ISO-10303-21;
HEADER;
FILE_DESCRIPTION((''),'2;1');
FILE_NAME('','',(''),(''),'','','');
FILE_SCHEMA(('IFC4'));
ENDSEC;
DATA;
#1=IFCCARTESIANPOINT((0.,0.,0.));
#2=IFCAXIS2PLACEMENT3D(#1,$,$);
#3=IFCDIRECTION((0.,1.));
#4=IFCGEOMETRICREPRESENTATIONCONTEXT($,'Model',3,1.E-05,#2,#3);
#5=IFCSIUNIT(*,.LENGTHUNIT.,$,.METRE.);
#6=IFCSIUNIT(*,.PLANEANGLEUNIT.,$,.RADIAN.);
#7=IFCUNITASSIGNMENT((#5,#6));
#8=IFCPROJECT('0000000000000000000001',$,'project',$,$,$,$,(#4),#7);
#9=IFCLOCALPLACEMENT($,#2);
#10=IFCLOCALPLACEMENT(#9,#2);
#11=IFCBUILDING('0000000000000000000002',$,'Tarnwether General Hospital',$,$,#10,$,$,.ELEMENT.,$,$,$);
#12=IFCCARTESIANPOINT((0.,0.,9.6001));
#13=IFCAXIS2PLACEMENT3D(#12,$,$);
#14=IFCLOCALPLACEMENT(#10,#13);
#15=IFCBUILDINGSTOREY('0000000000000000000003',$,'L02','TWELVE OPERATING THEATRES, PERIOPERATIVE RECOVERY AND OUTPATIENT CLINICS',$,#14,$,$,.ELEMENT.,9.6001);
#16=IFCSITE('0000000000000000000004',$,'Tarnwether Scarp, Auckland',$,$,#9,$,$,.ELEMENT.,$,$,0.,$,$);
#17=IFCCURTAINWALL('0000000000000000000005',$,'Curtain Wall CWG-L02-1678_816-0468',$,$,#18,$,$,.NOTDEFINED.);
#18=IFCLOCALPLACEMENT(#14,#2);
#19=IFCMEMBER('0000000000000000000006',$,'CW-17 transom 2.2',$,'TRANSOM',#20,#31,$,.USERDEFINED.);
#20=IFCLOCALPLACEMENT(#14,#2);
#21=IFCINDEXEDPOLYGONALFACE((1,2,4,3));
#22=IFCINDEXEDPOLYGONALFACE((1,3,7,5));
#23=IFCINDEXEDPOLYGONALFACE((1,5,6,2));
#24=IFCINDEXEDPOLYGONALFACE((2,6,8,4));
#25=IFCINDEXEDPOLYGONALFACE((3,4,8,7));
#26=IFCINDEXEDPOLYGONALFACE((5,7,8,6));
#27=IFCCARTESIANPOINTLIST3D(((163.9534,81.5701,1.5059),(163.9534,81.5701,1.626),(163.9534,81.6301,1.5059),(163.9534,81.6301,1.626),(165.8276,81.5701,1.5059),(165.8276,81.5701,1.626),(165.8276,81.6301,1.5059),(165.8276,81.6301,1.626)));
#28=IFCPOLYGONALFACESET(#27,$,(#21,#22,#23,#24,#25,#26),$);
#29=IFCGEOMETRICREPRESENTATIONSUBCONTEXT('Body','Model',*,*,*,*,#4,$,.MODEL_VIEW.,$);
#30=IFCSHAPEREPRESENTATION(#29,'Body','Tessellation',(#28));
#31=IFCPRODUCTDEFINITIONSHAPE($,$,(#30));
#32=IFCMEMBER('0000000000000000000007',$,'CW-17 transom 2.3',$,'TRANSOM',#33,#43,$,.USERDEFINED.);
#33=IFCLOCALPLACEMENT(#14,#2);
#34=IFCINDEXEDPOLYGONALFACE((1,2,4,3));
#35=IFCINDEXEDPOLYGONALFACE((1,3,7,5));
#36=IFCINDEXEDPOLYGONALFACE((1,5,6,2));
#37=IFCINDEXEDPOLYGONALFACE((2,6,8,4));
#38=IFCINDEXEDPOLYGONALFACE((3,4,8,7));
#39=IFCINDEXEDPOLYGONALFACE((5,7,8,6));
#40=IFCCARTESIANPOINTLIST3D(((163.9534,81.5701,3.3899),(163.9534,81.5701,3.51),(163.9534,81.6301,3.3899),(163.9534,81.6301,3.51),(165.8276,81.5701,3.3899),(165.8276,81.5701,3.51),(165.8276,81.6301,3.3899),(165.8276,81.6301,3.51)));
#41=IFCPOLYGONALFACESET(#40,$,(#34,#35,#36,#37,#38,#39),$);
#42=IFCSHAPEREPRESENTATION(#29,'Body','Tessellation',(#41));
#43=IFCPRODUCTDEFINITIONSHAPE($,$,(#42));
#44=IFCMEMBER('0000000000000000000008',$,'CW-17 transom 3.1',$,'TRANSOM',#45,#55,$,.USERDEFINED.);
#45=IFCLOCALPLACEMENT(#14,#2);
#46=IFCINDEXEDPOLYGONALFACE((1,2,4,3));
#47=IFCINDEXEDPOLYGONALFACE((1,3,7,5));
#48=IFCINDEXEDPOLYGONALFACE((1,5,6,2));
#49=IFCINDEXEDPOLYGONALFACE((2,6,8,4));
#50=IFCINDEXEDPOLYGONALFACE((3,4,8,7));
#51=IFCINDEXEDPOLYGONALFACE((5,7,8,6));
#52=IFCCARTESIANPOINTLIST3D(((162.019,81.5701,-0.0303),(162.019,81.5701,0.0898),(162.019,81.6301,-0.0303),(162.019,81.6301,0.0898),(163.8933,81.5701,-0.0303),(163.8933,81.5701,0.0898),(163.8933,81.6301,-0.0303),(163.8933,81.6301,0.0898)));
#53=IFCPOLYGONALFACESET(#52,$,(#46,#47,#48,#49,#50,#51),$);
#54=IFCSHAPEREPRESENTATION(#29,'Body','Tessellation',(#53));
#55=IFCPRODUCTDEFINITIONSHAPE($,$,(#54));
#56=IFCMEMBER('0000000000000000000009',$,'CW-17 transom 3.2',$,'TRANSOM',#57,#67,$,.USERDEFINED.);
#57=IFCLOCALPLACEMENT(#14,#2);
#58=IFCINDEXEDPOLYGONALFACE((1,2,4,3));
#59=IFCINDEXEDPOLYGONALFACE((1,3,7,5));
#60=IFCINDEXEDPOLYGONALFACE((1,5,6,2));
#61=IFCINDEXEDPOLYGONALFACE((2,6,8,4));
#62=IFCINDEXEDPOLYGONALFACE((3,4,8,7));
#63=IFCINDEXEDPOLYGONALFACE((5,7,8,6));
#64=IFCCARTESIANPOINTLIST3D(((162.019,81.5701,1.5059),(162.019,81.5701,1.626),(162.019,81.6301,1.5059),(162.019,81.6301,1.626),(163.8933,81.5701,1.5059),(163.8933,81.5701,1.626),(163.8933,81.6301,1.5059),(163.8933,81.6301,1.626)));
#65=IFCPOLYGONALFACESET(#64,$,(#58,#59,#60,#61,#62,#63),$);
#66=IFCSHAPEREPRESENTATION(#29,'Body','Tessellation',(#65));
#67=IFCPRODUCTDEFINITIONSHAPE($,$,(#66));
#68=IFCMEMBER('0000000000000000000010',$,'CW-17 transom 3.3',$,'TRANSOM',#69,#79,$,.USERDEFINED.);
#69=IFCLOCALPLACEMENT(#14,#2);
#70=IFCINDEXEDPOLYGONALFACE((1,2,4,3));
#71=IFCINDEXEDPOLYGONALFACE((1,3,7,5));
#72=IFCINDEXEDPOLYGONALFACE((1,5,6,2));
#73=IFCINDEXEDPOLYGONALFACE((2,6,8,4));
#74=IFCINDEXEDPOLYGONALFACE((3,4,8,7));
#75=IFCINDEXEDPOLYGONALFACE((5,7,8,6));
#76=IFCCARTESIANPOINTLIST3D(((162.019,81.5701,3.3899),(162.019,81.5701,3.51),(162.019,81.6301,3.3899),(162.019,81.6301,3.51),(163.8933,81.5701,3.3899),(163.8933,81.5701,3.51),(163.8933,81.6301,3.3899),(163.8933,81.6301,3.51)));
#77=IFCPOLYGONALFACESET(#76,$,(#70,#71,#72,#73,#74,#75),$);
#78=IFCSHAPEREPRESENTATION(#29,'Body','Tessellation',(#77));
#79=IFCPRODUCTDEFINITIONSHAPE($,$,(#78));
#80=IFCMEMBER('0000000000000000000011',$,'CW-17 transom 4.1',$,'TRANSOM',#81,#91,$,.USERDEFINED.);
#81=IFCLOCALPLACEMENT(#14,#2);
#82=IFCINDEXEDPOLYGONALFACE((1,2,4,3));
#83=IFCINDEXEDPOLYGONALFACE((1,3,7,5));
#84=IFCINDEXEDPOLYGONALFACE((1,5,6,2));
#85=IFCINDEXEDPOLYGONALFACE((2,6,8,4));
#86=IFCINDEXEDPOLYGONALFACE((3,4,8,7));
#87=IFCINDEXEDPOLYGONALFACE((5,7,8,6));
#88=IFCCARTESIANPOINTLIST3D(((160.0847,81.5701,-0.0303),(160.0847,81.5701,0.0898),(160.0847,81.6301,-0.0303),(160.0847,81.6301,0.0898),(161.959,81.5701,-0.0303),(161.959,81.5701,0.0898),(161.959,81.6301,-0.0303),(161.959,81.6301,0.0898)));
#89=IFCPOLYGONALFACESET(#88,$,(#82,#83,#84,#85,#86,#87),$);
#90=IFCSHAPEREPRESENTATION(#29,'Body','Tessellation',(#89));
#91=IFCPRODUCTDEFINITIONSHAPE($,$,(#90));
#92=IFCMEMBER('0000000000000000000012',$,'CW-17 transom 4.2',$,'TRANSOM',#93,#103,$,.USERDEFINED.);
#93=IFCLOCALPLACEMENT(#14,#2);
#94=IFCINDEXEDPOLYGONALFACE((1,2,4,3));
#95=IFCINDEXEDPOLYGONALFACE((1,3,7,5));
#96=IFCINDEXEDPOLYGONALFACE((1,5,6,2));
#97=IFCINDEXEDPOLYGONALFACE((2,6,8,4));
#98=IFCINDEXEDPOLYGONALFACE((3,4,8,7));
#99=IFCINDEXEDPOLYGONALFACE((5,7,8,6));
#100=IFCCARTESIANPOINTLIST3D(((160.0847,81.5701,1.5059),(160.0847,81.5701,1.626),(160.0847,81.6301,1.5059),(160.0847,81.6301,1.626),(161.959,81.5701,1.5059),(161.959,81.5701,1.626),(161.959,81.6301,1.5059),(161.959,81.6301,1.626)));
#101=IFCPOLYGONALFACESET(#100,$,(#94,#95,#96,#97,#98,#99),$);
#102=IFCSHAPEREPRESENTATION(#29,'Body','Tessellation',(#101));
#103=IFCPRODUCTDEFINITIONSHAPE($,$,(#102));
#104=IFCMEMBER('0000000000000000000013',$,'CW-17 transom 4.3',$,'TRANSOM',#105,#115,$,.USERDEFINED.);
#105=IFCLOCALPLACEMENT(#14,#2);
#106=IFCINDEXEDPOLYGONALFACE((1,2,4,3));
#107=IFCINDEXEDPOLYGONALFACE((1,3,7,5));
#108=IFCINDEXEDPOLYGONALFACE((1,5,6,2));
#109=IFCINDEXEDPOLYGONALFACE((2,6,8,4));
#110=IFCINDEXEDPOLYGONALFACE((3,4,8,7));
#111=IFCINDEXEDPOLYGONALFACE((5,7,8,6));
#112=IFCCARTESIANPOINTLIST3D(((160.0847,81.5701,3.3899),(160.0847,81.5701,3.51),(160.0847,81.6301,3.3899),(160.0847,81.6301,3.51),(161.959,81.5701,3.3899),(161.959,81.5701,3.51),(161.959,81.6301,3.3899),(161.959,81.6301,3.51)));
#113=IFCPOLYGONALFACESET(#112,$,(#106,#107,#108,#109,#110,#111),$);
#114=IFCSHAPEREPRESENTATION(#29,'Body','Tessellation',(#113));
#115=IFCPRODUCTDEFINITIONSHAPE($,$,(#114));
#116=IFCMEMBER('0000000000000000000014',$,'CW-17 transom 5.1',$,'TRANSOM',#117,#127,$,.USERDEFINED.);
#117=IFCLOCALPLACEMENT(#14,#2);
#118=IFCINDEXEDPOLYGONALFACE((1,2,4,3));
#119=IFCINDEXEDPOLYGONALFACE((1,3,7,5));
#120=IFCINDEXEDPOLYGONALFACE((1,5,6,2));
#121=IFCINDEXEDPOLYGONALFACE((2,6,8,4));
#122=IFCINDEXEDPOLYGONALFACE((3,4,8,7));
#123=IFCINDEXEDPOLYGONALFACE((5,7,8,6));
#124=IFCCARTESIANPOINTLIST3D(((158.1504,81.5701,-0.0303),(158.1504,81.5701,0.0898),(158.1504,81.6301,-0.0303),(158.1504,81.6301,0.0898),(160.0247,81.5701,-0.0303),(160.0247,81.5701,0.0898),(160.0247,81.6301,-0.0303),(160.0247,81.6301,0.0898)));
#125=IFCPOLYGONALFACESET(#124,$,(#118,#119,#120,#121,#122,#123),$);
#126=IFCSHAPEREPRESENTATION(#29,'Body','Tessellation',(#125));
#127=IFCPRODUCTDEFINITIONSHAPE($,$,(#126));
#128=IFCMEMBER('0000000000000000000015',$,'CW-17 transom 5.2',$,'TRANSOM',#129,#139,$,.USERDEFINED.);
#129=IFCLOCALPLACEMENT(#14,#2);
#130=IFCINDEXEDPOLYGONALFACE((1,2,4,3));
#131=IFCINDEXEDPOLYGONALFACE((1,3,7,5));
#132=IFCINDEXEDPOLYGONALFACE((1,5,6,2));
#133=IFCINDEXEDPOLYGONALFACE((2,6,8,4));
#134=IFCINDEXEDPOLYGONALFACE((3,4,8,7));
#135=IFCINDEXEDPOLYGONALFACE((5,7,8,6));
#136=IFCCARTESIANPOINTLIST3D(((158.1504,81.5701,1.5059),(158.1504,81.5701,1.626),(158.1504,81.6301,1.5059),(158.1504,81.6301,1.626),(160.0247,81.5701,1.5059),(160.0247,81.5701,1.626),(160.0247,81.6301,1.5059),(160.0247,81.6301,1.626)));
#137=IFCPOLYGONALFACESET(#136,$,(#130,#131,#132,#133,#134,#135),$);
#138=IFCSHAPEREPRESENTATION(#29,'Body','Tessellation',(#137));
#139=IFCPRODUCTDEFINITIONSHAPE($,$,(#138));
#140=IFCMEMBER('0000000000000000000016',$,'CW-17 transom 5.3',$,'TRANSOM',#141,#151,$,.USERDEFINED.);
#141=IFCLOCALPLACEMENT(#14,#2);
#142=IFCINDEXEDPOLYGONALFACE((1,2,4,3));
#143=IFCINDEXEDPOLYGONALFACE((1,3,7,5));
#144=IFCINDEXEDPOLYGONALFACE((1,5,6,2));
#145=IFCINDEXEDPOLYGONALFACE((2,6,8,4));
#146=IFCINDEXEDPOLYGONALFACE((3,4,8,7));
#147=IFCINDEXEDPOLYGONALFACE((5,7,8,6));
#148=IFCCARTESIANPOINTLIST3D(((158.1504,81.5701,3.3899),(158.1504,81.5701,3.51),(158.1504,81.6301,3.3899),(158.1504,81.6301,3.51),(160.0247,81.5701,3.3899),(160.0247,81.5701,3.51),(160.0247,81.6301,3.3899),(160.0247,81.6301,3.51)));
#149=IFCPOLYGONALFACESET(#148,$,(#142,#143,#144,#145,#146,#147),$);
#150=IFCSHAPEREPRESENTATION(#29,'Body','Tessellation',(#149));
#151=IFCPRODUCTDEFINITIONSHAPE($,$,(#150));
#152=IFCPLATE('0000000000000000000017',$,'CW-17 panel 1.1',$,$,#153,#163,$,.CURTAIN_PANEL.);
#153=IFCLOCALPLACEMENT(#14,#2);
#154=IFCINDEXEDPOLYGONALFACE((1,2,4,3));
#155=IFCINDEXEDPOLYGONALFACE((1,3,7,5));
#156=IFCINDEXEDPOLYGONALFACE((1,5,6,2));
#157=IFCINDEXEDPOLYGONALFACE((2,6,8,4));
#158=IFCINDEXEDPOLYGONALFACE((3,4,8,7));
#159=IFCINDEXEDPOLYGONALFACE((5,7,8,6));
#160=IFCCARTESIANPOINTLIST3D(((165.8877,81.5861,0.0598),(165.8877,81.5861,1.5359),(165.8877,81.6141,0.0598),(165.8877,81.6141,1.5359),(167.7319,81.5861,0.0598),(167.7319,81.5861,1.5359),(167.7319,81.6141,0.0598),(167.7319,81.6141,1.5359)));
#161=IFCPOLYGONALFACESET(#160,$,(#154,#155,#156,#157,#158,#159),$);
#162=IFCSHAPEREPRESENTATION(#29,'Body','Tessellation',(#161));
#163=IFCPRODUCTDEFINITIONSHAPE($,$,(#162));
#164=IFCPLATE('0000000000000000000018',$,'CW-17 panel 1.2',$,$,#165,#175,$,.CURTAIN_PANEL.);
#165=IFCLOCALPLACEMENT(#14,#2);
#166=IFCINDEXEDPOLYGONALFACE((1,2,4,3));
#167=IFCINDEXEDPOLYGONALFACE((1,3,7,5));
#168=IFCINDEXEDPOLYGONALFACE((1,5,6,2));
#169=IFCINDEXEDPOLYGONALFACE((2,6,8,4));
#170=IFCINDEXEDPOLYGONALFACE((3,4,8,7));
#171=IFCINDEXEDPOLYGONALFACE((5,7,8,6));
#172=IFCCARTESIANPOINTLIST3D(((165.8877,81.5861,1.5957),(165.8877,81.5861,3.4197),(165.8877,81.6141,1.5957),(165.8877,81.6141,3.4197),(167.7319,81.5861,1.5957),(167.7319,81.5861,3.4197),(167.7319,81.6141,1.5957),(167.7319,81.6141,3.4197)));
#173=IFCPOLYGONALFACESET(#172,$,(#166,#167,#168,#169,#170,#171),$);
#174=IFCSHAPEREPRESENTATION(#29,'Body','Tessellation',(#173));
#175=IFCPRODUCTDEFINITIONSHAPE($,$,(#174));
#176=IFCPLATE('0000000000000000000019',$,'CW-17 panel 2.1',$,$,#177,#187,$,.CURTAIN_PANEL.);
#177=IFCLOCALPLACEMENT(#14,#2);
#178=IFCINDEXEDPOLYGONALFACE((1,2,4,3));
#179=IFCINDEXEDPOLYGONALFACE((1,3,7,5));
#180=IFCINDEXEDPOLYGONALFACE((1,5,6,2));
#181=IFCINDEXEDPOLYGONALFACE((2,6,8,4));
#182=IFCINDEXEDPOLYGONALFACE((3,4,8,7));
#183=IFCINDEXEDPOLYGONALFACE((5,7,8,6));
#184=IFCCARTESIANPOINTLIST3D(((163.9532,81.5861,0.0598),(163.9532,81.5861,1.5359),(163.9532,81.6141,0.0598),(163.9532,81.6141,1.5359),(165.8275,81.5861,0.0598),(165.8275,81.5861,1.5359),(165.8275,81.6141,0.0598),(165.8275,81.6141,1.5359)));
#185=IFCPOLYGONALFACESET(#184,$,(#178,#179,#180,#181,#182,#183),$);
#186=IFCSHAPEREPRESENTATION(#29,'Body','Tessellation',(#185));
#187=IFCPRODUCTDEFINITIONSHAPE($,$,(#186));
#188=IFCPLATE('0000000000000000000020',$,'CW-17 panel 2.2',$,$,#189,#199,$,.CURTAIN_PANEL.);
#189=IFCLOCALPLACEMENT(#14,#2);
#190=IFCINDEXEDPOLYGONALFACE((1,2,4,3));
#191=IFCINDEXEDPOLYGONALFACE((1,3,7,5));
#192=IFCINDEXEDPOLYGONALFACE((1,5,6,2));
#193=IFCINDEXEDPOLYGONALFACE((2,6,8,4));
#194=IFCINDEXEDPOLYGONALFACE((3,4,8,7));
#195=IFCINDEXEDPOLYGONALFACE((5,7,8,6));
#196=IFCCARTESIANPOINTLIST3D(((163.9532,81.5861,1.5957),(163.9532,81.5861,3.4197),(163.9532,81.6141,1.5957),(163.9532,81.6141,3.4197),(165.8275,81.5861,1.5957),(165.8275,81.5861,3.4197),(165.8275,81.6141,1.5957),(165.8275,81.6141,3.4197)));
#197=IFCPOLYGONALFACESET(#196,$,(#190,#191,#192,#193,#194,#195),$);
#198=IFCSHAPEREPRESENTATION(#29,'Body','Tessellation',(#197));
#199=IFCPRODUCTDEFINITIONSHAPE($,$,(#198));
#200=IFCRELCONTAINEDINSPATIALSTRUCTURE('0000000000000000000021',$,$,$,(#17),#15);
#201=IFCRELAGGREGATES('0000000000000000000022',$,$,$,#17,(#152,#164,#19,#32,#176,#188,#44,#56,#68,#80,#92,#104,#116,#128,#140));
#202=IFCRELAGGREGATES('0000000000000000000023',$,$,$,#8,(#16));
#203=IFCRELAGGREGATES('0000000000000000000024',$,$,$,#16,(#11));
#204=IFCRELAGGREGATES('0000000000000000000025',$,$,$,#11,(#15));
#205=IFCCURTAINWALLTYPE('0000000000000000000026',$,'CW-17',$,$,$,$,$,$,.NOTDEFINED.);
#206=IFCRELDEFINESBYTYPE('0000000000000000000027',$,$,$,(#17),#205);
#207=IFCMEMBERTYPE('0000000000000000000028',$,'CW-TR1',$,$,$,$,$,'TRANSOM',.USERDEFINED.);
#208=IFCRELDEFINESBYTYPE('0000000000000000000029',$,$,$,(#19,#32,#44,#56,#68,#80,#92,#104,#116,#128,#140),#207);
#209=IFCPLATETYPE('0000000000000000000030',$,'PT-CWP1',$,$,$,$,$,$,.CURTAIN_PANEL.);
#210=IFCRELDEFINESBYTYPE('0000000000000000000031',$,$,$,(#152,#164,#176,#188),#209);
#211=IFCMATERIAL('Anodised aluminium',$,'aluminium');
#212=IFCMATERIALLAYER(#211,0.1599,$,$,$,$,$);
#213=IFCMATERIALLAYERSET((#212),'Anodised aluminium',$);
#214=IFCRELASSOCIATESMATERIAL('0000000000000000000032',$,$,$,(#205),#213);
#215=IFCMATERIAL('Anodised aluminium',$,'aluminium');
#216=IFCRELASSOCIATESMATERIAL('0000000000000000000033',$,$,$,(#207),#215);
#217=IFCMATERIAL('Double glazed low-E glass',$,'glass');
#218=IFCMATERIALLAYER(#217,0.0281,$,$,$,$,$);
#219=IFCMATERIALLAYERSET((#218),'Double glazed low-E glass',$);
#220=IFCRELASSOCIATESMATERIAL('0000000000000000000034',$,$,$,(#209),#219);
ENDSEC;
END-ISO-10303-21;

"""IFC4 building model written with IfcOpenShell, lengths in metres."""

from ifc_helpers import new_model, si_unit, direction, frame, origin, origin_2d, place, context, subcontext, project, spatial, rectangle, extrude, material, layer, layer_set, material_profile, profile_set, type_object, element, aggregate, save


model = new_model("IFC4")

# Units and contexts
model_context = context("Model", 3, precision=1e-05, world=origin(), true_north=direction((0.0, 1.0)))
body_context = subcontext(model_context, "Body", "Model", "MODEL_VIEW")
ifc_project = project(units=[si_unit("LENGTHUNIT", "METRE"), si_unit("PLANEANGLEUNIT", "RADIAN")], contexts=[model_context])

# Site, building, storey
site_placement = place(None, origin())
site = spatial("IfcSite", under=ifc_project, at=site_placement, Name="Tarnwether Scarp, Auckland", CompositionType="ELEMENT", RefElevation=0.0)
building_placement = place(site_placement, origin())
building = spatial("IfcBuilding", under=site, at=building_placement, Name="Tarnwether General Hospital", CompositionType="ELEMENT")
storey_placement = place(building_placement, frame((0.0, 0.0, 9.6001)))
storey = spatial("IfcBuildingStorey", under=building, at=storey_placement, Name="L02", Description="TWELVE OPERATING THEATRES, PERIOPERATIVE RECOVERY AND OUTPATIENT CLINICS", CompositionType="ELEMENT", Elevation=9.6001)

# Shared definitions
ifc_material_1 = material(Name="Anodised aluminium", Category="aluminium")
ifc_layer_1 = layer(ifc_material_1, 0.1599)
ifc_layer_set_1 = layer_set([ifc_layer_1], Name="Anodised aluminium")
curtain_wall_type = type_object("IfcCurtainWallType", Name="CW-17", PredefinedType="NOTDEFINED", material=ifc_layer_set_1)

# Curtain wall, members, plates
curtain_wall_1_placement = place(storey_placement, origin())
curtain_wall_1 = element("IfcCurtainWall", 1, at=curtain_wall_1_placement, inside=storey, type_object=curtain_wall_type, Name="Curtain Wall CWG-L02-1678_816-0468", PredefinedType="NOTDEFINED")
ifc_material_2 = material(Name="Anodised aluminium", Category="aluminium")
ifc_material_profile_1 = material_profile(ifc_material_2, rectangle(XDim=0.0601, YDim=0.1201, at=origin_2d()), Name="ALU-TRN-60x120")
ifc_profile_set_1 = profile_set([ifc_material_profile_1], Name="Anodised aluminium")
member_type_1 = type_object("IfcMemberType", Name="CW-TR1", ElementType="TRANSOM", PredefinedType="USERDEFINED", material=ifc_profile_set_1)
member_1_placement = place(storey_placement, frame((165.8276, 81.6001, 1.5659), z_axis=(-1.0, 0.0, 0.0), x_axis=(0.0, -1.0, 0.0)))
member_1 = element("IfcMember", 2, at=member_1_placement, type_object=member_type_1, Name="CW-17 transom 2.2", ObjectType="TRANSOM", PredefinedType="USERDEFINED", context=body_context, shape_type="SweptSolid", body=[
    extrude(rectangle(XDim=0.0601, YDim=0.1201, at=origin_2d()), origin(), (0.0, 0.0, 1.0), 1.8743),
])
member_2_placement = place(storey_placement, frame((165.8276, 81.6001, 3.45), z_axis=(-1.0, 0.0, 0.0), x_axis=(0.0, -1.0, 0.0)))
member_2 = element("IfcMember", 3, at=member_2_placement, type_object=member_type_1, Name="CW-17 transom 2.3", ObjectType="TRANSOM", PredefinedType="USERDEFINED", context=body_context, shape_type="SweptSolid", body=[
    extrude(rectangle(XDim=0.0601, YDim=0.1201, at=origin_2d()), origin(), (0.0, 0.0, 1.0), 1.8743),
])
member_3_placement = place(storey_placement, frame((163.8933, 81.6001, 0.0298), z_axis=(-1.0, 0.0, 0.0), x_axis=(0.0, -1.0, 0.0)))
member_3 = element("IfcMember", 4, at=member_3_placement, type_object=member_type_1, Name="CW-17 transom 3.1", ObjectType="TRANSOM", PredefinedType="USERDEFINED", context=body_context, shape_type="SweptSolid", body=[
    extrude(rectangle(XDim=0.0601, YDim=0.1201, at=origin_2d()), origin(), (0.0, 0.0, 1.0), 1.8743),
])
member_4_placement = place(storey_placement, frame((163.8933, 81.6001, 1.5659), z_axis=(-1.0, 0.0, 0.0), x_axis=(0.0, -1.0, 0.0)))
member_4 = element("IfcMember", 5, at=member_4_placement, type_object=member_type_1, Name="CW-17 transom 3.2", ObjectType="TRANSOM", PredefinedType="USERDEFINED", context=body_context, shape_type="SweptSolid", body=[
    extrude(rectangle(XDim=0.0601, YDim=0.1201, at=origin_2d()), origin(), (0.0, 0.0, 1.0), 1.8743),
])
member_5_placement = place(storey_placement, frame((163.8933, 81.6001, 3.45), z_axis=(-1.0, 0.0, 0.0), x_axis=(0.0, -1.0, 0.0)))
member_5 = element("IfcMember", 6, at=member_5_placement, type_object=member_type_1, Name="CW-17 transom 3.3", ObjectType="TRANSOM", PredefinedType="USERDEFINED", context=body_context, shape_type="SweptSolid", body=[
    extrude(rectangle(XDim=0.0601, YDim=0.1201, at=origin_2d()), origin(), (0.0, 0.0, 1.0), 1.8743),
])
member_6_placement = place(storey_placement, frame((161.959, 81.6001, 0.0298), z_axis=(-1.0, 0.0, 0.0), x_axis=(0.0, -1.0, 0.0)))
member_6 = element("IfcMember", 7, at=member_6_placement, type_object=member_type_1, Name="CW-17 transom 4.1", ObjectType="TRANSOM", PredefinedType="USERDEFINED", context=body_context, shape_type="SweptSolid", body=[
    extrude(rectangle(XDim=0.0601, YDim=0.1201, at=origin_2d()), origin(), (0.0, 0.0, 1.0), 1.8743),
])
member_7_placement = place(storey_placement, frame((161.959, 81.6001, 1.5659), z_axis=(-1.0, 0.0, 0.0), x_axis=(0.0, -1.0, 0.0)))
member_7 = element("IfcMember", 8, at=member_7_placement, type_object=member_type_1, Name="CW-17 transom 4.2", ObjectType="TRANSOM", PredefinedType="USERDEFINED", context=body_context, shape_type="SweptSolid", body=[
    extrude(rectangle(XDim=0.0601, YDim=0.1201, at=origin_2d()), origin(), (0.0, 0.0, 1.0), 1.8743),
])
member_8_placement = place(storey_placement, frame((161.959, 81.6001, 3.45), z_axis=(-1.0, 0.0, 0.0), x_axis=(0.0, -1.0, 0.0)))
member_8 = element("IfcMember", 9, at=member_8_placement, type_object=member_type_1, Name="CW-17 transom 4.3", ObjectType="TRANSOM", PredefinedType="USERDEFINED", context=body_context, shape_type="SweptSolid", body=[
    extrude(rectangle(XDim=0.0601, YDim=0.1201, at=origin_2d()), origin(), (0.0, 0.0, 1.0), 1.8743),
])
member_9_placement = place(storey_placement, frame((160.0247, 81.6001, 0.0298), z_axis=(-1.0, 0.0, 0.0), x_axis=(0.0, -1.0, 0.0)))
member_9 = element("IfcMember", 10, at=member_9_placement, type_object=member_type_1, Name="CW-17 transom 5.1", ObjectType="TRANSOM", PredefinedType="USERDEFINED", context=body_context, shape_type="SweptSolid", body=[
    extrude(rectangle(XDim=0.0601, YDim=0.1201, at=origin_2d()), origin(), (0.0, 0.0, 1.0), 1.8743),
])
member_10_placement = place(storey_placement, frame((160.0247, 81.6001, 1.5659), z_axis=(-1.0, 0.0, 0.0), x_axis=(0.0, -1.0, 0.0)))
member_10 = element("IfcMember", 11, at=member_10_placement, type_object=member_type_1, Name="CW-17 transom 5.2", ObjectType="TRANSOM", PredefinedType="USERDEFINED", context=body_context, shape_type="SweptSolid", body=[
    extrude(rectangle(XDim=0.0601, YDim=0.1201, at=origin_2d()), origin(), (0.0, 0.0, 1.0), 1.8743),
])
member_11_placement = place(storey_placement, frame((160.0247, 81.6001, 3.45), z_axis=(-1.0, 0.0, 0.0), x_axis=(0.0, -1.0, 0.0)))
member_11 = element("IfcMember", 12, at=member_11_placement, type_object=member_type_1, Name="CW-17 transom 5.3", ObjectType="TRANSOM", PredefinedType="USERDEFINED", context=body_context, shape_type="SweptSolid", body=[
    extrude(rectangle(XDim=0.0601, YDim=0.1201, at=origin_2d()), origin(), (0.0, 0.0, 1.0), 1.8743),
])
ifc_material_3 = material(Name="Double glazed low-E glass", Category="glass")
ifc_layer_2 = layer(ifc_material_3, 0.0281)
ifc_layer_set_2 = layer_set([ifc_layer_2], Name="Double glazed low-E glass")
plate_type = type_object("IfcPlateType", Name="PT-CWP1", PredefinedType="CURTAIN_PANEL", material=ifc_layer_set_2)
plate_1_placement = place(storey_placement, frame((166.8098, 81.6001, 0.0598), z_axis=(0.0, 0.0, 1.0), x_axis=(-1.0, 0.0, 0.0)))
plate_1 = element("IfcPlate", 13, at=plate_1_placement, type_object=plate_type, Name="CW-17 panel 1.1", PredefinedType="CURTAIN_PANEL", context=body_context, shape_type="SweptSolid", body=[
    extrude(rectangle(XDim=1.8442, YDim=0.0281, at=origin_2d()), origin(), (0.0, 0.0, 1.0), 1.4761),
])
plate_2_placement = place(storey_placement, frame((166.8098, 81.6001, 1.5957), z_axis=(0.0, 0.0, 1.0), x_axis=(-1.0, 0.0, 0.0)))
plate_2 = element("IfcPlate", 14, at=plate_2_placement, type_object=plate_type, Name="CW-17 panel 1.2", PredefinedType="CURTAIN_PANEL", context=body_context, shape_type="SweptSolid", body=[
    extrude(rectangle(XDim=1.8442, YDim=0.0281, at=origin_2d()), origin(), (0.0, 0.0, 1.0), 1.824),
])
plate_3_placement = place(storey_placement, frame((164.8904, 81.6001, 0.0598), z_axis=(0.0, 0.0, 1.0), x_axis=(-1.0, 0.0, 0.0)))
plate_3 = element("IfcPlate", 15, at=plate_3_placement, type_object=plate_type, Name="CW-17 panel 2.1", PredefinedType="CURTAIN_PANEL", context=body_context, shape_type="SweptSolid", body=[
    extrude(rectangle(XDim=1.8743, YDim=0.0281, at=origin_2d()), origin(), (0.0, 0.0, 1.0), 1.4761),
])
plate_4_placement = place(storey_placement, frame((164.8904, 81.6001, 1.5957), z_axis=(0.0, 0.0, 1.0), x_axis=(-1.0, 0.0, 0.0)))
plate_4 = element("IfcPlate", 16, at=plate_4_placement, type_object=plate_type, Name="CW-17 panel 2.2", PredefinedType="CURTAIN_PANEL", context=body_context, shape_type="SweptSolid", body=[
    extrude(rectangle(XDim=1.8743, YDim=0.0281, at=origin_2d()), origin(), (0.0, 0.0, 1.0), 1.824),
])
aggregate(curtain_wall_1, [plate_1, plate_2, member_1, member_2, plate_3, plate_4, member_3, member_4, member_5, member_6, member_7, member_8, member_9, member_10, member_11])

save(model, "model.ifc")
